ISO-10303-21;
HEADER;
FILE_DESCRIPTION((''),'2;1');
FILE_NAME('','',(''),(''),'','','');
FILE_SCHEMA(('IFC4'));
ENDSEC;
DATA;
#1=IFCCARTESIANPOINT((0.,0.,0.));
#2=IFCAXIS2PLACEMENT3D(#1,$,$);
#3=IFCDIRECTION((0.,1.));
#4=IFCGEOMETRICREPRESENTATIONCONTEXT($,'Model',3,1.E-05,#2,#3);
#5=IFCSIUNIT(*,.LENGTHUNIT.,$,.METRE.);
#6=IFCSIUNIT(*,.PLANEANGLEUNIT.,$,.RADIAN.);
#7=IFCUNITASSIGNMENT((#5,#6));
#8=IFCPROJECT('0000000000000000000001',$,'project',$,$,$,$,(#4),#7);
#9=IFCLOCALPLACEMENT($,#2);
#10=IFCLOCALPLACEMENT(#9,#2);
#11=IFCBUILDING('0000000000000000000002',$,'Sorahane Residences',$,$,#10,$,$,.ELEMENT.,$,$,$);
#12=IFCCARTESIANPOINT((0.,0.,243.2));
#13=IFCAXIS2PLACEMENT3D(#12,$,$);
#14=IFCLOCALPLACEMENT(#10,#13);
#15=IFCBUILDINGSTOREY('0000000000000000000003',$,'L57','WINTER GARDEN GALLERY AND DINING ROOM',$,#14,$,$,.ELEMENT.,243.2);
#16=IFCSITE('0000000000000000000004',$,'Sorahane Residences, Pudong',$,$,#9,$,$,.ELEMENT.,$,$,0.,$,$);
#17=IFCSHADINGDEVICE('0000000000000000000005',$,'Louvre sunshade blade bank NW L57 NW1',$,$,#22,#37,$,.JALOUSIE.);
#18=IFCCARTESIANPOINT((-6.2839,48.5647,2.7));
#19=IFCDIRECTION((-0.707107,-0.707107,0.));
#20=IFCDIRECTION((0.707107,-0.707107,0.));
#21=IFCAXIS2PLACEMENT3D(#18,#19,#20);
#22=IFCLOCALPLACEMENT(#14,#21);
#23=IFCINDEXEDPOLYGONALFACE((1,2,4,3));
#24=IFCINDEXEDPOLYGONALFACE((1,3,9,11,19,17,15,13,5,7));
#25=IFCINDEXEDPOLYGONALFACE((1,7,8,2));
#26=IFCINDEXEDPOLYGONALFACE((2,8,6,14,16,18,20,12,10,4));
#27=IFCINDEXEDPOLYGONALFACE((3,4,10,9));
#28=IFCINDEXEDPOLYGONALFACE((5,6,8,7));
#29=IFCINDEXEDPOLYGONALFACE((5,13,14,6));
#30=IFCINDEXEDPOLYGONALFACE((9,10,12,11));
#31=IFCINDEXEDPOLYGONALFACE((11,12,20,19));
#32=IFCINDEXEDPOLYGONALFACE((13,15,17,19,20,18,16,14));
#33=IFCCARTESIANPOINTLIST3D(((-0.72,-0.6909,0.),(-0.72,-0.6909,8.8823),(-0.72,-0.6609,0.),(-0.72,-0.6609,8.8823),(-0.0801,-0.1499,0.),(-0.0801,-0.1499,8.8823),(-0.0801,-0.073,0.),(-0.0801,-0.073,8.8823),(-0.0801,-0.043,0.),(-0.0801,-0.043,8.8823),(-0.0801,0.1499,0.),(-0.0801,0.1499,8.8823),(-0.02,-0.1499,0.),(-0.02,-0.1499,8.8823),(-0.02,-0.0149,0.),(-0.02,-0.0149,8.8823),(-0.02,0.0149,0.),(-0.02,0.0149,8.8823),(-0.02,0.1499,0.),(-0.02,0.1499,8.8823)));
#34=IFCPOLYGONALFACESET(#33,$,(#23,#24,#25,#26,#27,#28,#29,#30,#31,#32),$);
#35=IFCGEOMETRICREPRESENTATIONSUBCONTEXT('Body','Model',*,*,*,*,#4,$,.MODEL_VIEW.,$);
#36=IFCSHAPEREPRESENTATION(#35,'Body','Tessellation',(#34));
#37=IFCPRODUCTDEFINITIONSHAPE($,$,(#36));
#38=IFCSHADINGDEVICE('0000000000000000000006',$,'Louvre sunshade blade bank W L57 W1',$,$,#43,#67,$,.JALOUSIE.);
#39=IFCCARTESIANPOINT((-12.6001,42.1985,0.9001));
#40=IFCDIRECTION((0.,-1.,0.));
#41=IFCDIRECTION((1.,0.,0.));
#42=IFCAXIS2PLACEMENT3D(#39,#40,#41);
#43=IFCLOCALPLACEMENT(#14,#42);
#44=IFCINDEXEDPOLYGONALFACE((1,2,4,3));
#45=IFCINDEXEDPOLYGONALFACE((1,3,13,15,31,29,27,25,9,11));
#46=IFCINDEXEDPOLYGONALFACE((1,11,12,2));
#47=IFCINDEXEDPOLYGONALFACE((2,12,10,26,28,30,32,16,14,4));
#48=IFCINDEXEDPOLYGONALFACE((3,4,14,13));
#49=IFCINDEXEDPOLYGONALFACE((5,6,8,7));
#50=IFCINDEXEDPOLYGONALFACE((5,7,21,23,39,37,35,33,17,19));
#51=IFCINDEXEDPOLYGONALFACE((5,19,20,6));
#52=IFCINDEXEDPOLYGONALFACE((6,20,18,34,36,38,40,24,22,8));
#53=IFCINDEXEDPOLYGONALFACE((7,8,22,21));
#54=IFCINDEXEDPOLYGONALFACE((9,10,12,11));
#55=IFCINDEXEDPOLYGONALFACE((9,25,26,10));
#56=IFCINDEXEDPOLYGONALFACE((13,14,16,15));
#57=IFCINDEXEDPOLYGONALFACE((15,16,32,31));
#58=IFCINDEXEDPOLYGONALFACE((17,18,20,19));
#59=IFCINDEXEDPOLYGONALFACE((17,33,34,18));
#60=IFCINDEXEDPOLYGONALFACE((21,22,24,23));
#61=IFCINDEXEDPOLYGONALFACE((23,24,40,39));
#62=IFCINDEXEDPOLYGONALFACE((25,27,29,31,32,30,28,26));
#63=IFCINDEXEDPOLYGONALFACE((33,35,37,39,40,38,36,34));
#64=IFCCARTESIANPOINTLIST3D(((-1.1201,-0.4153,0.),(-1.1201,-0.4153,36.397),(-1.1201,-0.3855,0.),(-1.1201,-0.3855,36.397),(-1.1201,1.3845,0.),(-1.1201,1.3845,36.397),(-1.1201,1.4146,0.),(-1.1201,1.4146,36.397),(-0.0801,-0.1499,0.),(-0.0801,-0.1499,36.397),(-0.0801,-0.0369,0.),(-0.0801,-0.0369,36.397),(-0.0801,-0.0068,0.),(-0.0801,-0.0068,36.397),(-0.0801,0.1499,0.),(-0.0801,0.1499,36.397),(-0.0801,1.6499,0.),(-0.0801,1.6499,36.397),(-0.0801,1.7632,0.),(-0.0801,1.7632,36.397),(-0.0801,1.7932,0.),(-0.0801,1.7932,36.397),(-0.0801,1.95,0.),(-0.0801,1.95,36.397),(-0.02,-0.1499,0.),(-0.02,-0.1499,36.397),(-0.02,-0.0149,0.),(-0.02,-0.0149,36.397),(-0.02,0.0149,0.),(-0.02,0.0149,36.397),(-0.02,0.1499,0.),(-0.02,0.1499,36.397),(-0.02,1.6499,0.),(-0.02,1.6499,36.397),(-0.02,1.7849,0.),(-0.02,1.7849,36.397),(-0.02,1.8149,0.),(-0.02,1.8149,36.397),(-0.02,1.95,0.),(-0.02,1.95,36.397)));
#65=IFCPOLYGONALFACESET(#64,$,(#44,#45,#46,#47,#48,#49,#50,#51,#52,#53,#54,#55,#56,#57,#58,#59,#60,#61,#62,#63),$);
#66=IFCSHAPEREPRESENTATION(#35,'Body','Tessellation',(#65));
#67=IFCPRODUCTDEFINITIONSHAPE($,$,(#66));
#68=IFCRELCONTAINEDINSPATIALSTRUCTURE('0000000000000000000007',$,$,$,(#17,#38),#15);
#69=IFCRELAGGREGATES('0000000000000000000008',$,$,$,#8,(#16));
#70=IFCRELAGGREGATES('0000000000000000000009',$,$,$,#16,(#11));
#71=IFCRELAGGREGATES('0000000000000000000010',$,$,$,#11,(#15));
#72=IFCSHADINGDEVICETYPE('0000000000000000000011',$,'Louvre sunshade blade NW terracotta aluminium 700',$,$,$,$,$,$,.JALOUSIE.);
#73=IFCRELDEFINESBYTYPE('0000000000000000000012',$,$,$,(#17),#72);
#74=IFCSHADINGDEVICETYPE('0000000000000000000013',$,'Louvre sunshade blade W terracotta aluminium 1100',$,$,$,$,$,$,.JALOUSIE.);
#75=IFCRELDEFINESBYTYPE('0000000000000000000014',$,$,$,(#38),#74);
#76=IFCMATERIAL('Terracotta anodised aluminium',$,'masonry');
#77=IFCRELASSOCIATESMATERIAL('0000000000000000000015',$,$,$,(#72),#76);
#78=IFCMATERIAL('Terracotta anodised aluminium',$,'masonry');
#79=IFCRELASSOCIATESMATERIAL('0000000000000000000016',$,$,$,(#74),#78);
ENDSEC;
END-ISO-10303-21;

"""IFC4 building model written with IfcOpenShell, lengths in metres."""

from ifc_helpers import new_model, si_unit, direction, frame, origin, place, context, subcontext, project, spatial, polyline, outline, composite_profile, extrude, material, type_object, element, save


model = new_model("IFC4")

# Units and contexts
model_context = context("Model", 3, precision=1e-05, world=origin(), true_north=direction((0.0, 1.0)))
body_context = subcontext(model_context, "Body", "Model", "MODEL_VIEW")
ifc_project = project(units=[si_unit("LENGTHUNIT", "METRE"), si_unit("PLANEANGLEUNIT", "RADIAN")], contexts=[model_context])

# Site, building, storey
site_placement = place(None, origin())
site = spatial("IfcSite", under=ifc_project, at=site_placement, Name="Sorahane Residences, Pudong", CompositionType="ELEMENT", RefElevation=0.0)
building_placement = place(site_placement, origin())
building = spatial("IfcBuilding", under=site, at=building_placement, Name="Sorahane Residences", CompositionType="ELEMENT")
storey_placement = place(building_placement, frame((0.0, 0.0, 243.2)))
storey = spatial("IfcBuildingStorey", under=building, at=storey_placement, Name="L57", Description="WINTER GARDEN GALLERY AND DINING ROOM", CompositionType="ELEMENT", Elevation=243.2)

# Shading devices
ifc_material_1 = material(Name="Terracotta anodised aluminium", Category="masonry")
shading_device_type_1 = type_object("IfcShadingDeviceType", Name="Louvre sunshade blade NW terracotta aluminium 700", PredefinedType="JALOUSIE", material=ifc_material_1)
shading_device_1_placement = place(storey_placement, frame((-6.2839, 48.5647, 2.7), z_axis=(-0.707107, -0.707107, 0.0), x_axis=(0.707107, -0.707107, 0.0)))
element("IfcShadingDevice", 1, at=shading_device_1_placement, inside=storey, type_object=shading_device_type_1, Name="Louvre sunshade blade bank NW L57 NW1", PredefinedType="JALOUSIE", context=body_context, shape_type="SweptSolid", body=[
    extrude(outline(polyline([(-0.72, -0.6609), (-0.72, -0.6909), (-0.0801, -0.073), (-0.0801, -0.1499), (-0.02, -0.1499), (-0.02, -0.0149), (-0.02, 0.0149), (-0.02, 0.1499), (-0.0801, 0.1499), (-0.0801, -0.043), (-0.72, -0.6609)])), origin(), (0.0, 0.0, 1.0), 8.8823),
])
ifc_material_2 = material(Name="Terracotta anodised aluminium", Category="masonry")
shading_device_type_2 = type_object("IfcShadingDeviceType", Name="Louvre sunshade blade W terracotta aluminium 1100", PredefinedType="JALOUSIE", material=ifc_material_2)
shading_device_2_placement = place(storey_placement, frame((-12.6001, 42.1985, 0.9001), z_axis=(0.0, -1.0, 0.0), x_axis=(1.0, 0.0, 0.0)))
element("IfcShadingDevice", 2, at=shading_device_2_placement, inside=storey, type_object=shading_device_type_2, Name="Louvre sunshade blade bank W L57 W1", PredefinedType="JALOUSIE", context=body_context, shape_type="SweptSolid", body=[
    extrude(composite_profile([outline(polyline([(-1.1201, -0.3855), (-1.1201, -0.4153), (-0.0801, -0.0369), (-0.0801, -0.1499), (-0.02, -0.1499), (-0.02, -0.0149), (-0.02, 0.0149), (-0.02, 0.1499), (-0.0801, 0.1499), (-0.0801, -0.0068), (-1.1201, -0.3855)])), outline(polyline([(-1.1201, 1.4146), (-1.1201, 1.3845), (-0.0801, 1.7632), (-0.0801, 1.6499), (-0.02, 1.6499), (-0.02, 1.7849), (-0.02, 1.8149), (-0.02, 1.95), (-0.0801, 1.95), (-0.0801, 1.7932), (-1.1201, 1.4146)]))]), origin(), (0.0, 0.0, 1.0), 36.397),
])

save(model, "model.ifc")
